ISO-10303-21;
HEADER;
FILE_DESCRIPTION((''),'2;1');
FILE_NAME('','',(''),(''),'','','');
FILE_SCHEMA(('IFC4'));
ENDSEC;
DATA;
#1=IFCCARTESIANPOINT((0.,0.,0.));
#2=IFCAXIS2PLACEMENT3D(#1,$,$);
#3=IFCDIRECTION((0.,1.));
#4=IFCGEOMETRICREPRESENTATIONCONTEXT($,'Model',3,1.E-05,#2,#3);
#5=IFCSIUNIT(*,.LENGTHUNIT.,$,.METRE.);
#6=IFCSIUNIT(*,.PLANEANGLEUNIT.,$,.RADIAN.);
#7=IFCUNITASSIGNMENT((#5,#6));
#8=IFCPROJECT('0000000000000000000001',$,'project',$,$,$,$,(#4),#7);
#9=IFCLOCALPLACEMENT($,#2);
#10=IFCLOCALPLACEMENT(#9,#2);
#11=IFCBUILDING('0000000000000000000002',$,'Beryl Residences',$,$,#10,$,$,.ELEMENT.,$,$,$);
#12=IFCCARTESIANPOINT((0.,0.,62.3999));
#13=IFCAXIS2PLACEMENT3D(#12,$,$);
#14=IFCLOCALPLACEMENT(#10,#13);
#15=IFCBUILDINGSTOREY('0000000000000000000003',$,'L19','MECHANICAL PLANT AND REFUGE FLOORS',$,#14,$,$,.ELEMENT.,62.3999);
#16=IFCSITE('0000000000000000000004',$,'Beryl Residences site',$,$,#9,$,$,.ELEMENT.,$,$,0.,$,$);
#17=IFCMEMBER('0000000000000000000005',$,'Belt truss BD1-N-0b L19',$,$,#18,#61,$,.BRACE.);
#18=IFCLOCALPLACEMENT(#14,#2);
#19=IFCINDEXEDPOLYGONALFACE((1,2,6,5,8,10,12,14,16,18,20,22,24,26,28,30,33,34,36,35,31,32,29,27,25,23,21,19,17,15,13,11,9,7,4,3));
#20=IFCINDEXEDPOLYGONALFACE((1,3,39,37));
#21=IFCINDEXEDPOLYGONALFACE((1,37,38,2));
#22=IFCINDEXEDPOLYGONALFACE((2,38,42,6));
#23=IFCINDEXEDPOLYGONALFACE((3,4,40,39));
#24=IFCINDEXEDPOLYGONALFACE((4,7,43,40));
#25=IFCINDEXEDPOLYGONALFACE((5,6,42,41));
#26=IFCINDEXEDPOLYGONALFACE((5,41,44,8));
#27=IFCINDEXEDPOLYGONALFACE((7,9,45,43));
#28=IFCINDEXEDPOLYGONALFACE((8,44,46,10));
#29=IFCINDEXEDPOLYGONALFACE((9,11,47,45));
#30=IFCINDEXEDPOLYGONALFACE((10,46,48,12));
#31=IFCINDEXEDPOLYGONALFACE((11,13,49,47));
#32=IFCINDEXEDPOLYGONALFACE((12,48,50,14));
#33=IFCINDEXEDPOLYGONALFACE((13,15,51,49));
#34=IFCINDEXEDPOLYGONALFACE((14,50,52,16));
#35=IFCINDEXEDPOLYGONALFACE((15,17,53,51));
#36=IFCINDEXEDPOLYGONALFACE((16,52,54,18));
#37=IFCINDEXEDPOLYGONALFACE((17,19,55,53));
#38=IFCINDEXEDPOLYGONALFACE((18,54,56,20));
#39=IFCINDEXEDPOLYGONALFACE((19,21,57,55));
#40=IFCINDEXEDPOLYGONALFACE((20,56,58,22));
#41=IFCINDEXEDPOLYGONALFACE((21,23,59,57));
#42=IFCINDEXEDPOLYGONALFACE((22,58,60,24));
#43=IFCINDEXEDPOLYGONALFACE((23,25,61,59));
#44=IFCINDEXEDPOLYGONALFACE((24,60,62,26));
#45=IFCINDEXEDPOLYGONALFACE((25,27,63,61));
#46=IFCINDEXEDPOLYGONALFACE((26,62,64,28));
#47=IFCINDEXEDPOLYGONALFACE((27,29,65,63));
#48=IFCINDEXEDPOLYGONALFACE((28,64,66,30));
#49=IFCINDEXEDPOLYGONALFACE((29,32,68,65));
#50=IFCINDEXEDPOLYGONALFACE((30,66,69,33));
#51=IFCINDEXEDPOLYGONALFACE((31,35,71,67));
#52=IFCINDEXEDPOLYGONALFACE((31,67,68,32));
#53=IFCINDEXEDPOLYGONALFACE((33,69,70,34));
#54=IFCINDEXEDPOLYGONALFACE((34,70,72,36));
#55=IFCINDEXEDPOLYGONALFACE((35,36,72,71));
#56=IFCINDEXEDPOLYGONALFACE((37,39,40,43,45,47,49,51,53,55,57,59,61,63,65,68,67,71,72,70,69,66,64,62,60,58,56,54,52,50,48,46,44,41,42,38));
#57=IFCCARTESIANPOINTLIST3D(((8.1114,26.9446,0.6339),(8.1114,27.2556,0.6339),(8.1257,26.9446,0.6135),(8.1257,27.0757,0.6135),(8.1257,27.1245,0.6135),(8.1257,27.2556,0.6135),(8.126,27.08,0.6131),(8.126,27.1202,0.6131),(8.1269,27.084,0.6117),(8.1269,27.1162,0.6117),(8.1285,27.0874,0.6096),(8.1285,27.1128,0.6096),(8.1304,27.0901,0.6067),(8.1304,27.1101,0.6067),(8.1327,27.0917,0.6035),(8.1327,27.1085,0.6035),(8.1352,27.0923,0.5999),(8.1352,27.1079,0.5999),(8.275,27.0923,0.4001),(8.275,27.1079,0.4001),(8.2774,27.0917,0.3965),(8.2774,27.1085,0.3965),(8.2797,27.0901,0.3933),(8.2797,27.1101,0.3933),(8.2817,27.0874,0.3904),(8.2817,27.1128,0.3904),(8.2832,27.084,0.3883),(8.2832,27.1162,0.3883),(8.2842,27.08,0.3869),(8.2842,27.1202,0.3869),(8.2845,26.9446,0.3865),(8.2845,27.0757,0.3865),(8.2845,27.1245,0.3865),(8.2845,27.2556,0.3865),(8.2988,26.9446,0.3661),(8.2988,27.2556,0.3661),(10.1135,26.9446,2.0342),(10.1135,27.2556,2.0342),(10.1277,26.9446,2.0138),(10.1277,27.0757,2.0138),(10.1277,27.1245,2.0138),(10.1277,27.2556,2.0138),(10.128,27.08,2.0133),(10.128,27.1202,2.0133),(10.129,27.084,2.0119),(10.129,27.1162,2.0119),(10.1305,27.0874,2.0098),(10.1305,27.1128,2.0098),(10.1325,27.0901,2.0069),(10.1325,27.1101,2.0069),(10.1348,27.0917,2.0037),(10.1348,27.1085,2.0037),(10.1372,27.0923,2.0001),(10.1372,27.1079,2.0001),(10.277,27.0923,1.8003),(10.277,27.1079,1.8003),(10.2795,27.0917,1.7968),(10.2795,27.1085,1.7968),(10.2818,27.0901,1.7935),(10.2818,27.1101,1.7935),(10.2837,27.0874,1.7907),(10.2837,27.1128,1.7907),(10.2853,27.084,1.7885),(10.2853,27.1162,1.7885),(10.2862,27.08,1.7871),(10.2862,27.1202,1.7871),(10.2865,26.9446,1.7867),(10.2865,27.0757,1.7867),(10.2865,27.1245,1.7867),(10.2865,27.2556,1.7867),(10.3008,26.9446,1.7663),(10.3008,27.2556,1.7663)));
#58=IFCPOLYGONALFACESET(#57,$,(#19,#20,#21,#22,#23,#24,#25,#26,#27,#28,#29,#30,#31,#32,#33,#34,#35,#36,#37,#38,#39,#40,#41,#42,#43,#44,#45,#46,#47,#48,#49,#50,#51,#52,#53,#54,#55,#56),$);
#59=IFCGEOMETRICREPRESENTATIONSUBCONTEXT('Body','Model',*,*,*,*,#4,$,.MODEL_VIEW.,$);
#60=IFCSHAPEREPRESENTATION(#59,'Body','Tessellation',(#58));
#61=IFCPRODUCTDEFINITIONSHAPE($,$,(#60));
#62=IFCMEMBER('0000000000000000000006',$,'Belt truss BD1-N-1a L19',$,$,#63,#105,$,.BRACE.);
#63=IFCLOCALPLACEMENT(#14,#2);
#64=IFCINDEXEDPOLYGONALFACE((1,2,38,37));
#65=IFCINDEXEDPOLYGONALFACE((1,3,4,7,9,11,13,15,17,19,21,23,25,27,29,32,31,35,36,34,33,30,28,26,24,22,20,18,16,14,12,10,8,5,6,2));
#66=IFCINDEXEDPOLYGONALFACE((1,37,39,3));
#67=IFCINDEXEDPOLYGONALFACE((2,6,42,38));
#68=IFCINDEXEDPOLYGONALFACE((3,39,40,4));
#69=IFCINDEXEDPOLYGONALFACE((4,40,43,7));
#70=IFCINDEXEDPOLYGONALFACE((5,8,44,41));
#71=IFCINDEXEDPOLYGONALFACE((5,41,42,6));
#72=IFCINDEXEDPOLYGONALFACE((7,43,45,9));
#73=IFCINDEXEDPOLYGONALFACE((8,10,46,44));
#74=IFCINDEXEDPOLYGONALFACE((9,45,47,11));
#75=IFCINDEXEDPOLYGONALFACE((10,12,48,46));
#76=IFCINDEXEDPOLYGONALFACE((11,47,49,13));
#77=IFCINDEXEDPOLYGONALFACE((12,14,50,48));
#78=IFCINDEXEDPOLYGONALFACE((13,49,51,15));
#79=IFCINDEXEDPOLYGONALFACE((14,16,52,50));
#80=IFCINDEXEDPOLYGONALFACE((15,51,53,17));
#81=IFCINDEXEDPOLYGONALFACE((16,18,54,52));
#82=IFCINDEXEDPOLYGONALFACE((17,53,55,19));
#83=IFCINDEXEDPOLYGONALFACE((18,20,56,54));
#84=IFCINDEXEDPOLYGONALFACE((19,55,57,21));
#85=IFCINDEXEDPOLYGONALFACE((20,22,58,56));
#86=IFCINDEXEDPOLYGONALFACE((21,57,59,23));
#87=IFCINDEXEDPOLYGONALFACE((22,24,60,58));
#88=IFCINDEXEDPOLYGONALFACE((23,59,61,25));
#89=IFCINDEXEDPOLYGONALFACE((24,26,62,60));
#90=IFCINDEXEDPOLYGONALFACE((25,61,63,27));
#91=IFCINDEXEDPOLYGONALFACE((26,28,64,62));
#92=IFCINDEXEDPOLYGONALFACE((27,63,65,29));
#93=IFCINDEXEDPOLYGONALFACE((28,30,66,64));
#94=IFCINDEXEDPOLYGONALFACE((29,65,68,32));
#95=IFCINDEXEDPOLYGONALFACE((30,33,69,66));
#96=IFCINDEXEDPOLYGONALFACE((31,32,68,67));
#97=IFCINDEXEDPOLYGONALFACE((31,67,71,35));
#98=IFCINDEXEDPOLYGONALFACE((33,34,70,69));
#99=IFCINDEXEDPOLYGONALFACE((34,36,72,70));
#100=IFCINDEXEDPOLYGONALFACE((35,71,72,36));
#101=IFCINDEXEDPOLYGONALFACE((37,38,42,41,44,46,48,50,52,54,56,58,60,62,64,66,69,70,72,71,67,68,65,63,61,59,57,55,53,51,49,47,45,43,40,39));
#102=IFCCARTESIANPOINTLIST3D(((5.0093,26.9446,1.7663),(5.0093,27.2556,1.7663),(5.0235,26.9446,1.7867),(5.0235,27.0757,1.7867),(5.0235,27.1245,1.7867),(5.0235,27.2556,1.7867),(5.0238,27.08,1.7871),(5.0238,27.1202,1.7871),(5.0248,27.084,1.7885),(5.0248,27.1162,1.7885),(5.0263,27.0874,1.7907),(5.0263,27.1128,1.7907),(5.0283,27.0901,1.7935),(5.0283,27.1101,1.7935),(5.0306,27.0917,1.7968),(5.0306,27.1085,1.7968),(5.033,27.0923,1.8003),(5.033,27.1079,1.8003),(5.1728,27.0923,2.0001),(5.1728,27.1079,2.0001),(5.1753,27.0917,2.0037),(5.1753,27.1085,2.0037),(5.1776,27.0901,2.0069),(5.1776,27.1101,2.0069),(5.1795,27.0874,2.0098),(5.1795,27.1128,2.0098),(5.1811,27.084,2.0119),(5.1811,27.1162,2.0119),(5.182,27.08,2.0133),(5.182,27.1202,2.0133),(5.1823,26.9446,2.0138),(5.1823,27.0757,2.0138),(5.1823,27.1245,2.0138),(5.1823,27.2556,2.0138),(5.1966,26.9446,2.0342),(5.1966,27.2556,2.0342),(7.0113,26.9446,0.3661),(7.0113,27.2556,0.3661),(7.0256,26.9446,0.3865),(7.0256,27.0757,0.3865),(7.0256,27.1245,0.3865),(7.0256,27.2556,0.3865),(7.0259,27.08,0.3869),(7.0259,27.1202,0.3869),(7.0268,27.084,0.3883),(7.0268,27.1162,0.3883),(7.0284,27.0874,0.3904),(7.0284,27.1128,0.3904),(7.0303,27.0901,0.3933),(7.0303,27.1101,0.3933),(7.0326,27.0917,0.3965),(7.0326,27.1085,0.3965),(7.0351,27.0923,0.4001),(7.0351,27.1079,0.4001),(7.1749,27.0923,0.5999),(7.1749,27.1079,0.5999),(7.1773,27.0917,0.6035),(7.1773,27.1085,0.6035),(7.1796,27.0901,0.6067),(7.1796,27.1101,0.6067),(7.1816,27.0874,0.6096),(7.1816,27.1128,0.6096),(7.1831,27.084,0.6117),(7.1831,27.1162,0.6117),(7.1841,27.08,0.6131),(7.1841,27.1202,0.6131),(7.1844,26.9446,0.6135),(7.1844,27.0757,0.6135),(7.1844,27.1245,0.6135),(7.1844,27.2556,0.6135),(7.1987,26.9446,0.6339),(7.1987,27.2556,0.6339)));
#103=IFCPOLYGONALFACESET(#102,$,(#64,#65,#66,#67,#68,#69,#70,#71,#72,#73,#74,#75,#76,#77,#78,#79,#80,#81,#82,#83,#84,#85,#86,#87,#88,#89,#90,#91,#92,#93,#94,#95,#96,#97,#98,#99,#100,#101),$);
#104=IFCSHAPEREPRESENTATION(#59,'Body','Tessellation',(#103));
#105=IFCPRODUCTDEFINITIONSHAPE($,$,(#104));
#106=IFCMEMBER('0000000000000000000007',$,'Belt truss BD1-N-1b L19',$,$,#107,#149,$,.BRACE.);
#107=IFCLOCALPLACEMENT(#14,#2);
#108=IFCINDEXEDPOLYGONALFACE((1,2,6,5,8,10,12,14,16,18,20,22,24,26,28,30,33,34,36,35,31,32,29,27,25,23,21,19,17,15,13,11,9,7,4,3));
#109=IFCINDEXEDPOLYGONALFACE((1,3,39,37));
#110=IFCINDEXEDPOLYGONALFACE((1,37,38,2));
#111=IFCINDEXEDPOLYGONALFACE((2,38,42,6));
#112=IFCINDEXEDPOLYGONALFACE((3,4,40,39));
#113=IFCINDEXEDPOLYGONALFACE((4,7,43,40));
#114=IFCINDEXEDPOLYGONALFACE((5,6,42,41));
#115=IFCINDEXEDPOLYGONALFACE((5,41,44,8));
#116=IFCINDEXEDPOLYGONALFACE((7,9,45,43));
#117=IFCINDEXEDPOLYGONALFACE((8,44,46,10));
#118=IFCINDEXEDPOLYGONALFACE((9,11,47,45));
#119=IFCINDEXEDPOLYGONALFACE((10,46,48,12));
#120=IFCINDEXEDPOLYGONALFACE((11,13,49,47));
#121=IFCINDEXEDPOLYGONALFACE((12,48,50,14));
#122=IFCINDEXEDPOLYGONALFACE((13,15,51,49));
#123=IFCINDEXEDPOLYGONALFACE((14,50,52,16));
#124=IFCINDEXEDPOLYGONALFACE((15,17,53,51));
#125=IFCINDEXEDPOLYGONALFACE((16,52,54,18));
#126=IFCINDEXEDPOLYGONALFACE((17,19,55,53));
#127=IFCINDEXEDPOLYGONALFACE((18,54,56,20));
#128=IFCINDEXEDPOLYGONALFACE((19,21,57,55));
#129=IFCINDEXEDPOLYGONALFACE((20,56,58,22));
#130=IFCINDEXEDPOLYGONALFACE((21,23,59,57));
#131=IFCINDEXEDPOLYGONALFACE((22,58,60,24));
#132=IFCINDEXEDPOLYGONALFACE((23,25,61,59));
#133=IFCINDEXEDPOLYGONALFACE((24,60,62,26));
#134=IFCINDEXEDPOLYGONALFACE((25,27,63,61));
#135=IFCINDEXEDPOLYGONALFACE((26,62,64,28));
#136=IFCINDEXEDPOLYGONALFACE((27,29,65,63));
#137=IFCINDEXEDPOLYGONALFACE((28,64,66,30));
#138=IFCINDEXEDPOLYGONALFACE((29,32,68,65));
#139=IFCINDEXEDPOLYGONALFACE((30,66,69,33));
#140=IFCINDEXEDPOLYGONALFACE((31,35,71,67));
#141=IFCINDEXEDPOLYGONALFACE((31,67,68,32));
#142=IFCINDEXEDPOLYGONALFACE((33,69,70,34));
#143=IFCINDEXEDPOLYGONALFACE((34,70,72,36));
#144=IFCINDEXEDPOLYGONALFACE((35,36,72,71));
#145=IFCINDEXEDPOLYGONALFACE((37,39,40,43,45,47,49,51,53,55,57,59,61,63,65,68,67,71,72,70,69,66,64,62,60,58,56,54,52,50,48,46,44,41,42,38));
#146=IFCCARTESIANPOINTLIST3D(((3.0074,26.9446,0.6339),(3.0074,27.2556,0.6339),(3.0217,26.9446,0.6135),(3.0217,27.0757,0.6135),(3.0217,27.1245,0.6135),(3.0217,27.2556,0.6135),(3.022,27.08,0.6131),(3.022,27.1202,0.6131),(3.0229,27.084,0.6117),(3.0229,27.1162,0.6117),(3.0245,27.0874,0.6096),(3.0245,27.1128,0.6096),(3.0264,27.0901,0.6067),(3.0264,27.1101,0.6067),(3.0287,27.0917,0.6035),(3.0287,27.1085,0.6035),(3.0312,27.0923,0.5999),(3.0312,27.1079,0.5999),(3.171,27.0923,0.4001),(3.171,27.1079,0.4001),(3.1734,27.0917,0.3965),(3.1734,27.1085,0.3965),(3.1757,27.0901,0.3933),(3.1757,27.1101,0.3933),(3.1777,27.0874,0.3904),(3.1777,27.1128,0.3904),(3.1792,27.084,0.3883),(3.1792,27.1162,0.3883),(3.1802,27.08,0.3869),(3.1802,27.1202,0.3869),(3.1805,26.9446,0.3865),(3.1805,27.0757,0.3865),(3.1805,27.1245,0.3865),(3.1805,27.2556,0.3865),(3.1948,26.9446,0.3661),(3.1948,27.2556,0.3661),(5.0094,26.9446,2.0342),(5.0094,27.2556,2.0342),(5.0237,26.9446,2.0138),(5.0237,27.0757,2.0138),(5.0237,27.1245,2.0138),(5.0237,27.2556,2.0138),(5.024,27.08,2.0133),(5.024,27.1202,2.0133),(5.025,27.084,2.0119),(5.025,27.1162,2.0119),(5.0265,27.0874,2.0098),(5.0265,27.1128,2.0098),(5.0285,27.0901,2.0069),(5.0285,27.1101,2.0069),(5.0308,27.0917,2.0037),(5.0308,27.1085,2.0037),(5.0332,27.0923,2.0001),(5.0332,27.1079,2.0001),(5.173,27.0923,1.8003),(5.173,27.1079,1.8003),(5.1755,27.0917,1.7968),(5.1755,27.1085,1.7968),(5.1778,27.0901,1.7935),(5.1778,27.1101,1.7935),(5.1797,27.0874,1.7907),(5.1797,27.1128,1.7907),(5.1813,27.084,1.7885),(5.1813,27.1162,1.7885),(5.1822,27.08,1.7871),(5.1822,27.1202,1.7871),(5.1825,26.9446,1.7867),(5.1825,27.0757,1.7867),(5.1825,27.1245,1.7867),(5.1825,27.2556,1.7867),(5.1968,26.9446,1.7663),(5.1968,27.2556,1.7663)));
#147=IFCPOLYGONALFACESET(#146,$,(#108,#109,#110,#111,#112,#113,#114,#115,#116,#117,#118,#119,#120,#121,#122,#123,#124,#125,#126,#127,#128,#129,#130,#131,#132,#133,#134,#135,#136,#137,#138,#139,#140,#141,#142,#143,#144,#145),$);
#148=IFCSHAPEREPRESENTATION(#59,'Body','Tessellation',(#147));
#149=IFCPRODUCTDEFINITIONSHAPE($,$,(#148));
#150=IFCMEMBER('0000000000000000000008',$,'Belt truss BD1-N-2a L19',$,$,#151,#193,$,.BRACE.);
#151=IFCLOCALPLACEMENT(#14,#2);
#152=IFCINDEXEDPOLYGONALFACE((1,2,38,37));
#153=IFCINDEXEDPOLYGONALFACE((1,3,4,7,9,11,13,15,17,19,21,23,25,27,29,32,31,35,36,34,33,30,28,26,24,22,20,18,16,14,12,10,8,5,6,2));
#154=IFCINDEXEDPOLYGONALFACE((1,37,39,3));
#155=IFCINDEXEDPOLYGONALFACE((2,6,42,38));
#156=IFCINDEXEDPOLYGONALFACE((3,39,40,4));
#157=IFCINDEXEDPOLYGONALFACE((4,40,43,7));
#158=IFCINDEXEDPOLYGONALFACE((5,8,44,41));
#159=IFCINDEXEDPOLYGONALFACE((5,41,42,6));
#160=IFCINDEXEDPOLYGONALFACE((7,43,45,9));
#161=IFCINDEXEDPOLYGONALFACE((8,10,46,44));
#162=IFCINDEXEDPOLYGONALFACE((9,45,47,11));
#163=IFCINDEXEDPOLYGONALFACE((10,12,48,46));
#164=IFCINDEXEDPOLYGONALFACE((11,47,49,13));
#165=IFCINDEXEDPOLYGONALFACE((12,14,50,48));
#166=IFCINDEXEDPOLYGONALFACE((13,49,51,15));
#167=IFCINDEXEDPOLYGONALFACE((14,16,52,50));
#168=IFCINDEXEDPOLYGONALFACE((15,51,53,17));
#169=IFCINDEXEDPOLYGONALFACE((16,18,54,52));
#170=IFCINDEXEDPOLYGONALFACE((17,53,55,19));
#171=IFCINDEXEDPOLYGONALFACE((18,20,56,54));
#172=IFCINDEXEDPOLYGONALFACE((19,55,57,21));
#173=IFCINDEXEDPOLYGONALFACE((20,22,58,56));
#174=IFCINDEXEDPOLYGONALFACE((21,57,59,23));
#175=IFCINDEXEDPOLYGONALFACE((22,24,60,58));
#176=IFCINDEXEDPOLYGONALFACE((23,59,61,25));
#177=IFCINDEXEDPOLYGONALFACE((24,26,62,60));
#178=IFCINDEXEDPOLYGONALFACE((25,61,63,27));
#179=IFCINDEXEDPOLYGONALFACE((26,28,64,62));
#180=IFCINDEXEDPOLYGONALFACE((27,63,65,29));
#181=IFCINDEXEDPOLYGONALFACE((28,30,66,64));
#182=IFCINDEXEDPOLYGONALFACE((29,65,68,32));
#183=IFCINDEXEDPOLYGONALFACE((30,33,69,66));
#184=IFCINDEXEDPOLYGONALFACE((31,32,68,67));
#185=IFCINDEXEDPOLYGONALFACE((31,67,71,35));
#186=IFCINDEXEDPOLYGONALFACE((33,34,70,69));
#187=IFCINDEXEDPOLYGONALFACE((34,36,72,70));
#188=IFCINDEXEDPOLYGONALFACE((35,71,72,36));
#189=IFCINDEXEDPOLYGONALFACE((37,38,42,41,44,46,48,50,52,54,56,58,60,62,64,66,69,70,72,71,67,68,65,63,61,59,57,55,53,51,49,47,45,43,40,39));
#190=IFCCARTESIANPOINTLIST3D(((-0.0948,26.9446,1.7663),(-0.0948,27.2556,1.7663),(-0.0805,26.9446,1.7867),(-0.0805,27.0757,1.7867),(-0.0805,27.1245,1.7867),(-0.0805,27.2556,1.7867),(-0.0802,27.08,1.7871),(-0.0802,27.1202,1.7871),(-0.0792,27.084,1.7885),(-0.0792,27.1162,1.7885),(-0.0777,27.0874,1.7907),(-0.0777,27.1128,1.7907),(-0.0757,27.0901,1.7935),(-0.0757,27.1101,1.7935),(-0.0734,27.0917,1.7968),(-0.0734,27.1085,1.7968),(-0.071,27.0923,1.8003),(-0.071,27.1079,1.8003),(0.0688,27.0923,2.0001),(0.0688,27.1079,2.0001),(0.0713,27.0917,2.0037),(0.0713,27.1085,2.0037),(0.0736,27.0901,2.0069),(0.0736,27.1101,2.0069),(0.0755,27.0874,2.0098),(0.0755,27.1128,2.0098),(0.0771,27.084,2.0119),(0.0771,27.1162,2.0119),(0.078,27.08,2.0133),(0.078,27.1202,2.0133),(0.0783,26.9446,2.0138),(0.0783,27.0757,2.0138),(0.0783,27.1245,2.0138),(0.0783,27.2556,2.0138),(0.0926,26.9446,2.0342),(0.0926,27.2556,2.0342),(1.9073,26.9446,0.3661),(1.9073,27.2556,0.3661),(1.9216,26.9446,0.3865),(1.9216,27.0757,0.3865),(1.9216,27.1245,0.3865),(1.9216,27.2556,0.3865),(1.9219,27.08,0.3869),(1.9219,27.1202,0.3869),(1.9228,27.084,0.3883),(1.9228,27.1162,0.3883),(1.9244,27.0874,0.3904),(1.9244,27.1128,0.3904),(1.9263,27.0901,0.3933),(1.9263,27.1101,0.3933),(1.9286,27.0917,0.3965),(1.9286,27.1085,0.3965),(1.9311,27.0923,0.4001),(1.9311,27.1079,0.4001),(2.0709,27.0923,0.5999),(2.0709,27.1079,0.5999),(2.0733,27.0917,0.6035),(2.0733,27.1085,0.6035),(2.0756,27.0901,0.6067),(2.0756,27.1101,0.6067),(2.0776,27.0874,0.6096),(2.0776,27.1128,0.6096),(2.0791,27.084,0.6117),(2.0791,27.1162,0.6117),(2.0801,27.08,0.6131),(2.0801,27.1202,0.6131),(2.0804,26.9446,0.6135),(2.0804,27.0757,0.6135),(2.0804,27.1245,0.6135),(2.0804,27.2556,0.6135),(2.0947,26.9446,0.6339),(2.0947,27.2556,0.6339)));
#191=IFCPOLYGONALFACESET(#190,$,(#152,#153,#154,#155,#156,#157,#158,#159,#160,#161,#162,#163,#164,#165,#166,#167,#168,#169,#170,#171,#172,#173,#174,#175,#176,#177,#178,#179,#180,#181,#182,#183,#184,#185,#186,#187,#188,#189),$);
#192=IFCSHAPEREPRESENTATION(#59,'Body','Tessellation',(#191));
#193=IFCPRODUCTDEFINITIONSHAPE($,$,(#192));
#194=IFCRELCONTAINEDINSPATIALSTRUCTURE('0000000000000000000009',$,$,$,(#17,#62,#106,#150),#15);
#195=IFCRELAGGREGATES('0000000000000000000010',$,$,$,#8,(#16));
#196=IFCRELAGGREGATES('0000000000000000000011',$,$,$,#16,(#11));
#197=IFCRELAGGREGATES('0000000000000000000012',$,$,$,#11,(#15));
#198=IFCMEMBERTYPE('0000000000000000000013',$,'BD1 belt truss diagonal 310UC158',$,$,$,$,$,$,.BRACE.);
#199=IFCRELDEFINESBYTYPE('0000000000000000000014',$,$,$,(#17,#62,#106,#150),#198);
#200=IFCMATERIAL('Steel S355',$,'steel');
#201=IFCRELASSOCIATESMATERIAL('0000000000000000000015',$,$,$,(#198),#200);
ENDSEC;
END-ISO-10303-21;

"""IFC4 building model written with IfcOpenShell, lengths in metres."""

from ifc_helpers import new_model, si_unit, direction, frame, origin, origin_2d, place, context, subcontext, project, spatial, i_section, extrude, material, material_profile, profile_set, type_object, element, save


model = new_model("IFC4")

# Units and contexts
model_context = context("Model", 3, precision=1e-05, world=origin(), true_north=direction((0.0, 1.0)))
body_context = subcontext(model_context, "Body", "Model", "MODEL_VIEW")
ifc_project = project(units=[si_unit("LENGTHUNIT", "METRE"), si_unit("PLANEANGLEUNIT", "RADIAN")], contexts=[model_context])

# Site, building, storey
site_placement = place(None, origin())
site = spatial("IfcSite", under=ifc_project, at=site_placement, Name="Beryl Residences site", CompositionType="ELEMENT", RefElevation=0.0)
building_placement = place(site_placement, origin())
building = spatial("IfcBuilding", under=site, at=building_placement, Name="Beryl Residences", CompositionType="ELEMENT")
storey_placement = place(building_placement, frame((0.0, 0.0, 62.3999)))
storey = spatial("IfcBuildingStorey", under=building, at=storey_placement, Name="L19", Description="MECHANICAL PLANT AND REFUGE FLOORS", CompositionType="ELEMENT", Elevation=62.3999)

# Members
ifc_material_1 = material(Name="Steel S355", Category="steel")
ifc_material_profile_1 = material_profile(ifc_material_1, i_section(OverallWidth=0.311, OverallDepth=0.3269, WebThickness=0.0156, FlangeThickness=0.0249, FilletRadius=0.0166, at=origin_2d()))
ifc_profile_set_1 = profile_set([ifc_material_profile_1], Name="Steel S355")
member_type_1 = type_object("IfcMemberType", Name="BD1 belt truss diagonal 310UC158", PredefinedType="BRACE", material=ifc_profile_set_1)
for number, where, z_axis, x_axis, name in (
    (1, (8.2051, 27.1001, 0.5), (0.819467, 0.0, 0.573127), (0.0, 1.0, 0.0), "Belt truss BD1-N-0b L19"),
    (2, (7.105, 27.1001, 0.5), (-0.819467, 0.0, 0.573127), (0.0, -1.0, 0.0), "Belt truss BD1-N-1a L19"),
    (3, (3.1011, 27.1001, 0.5), (0.819467, 0.0, 0.573127), (0.0, 1.0, 0.0), "Belt truss BD1-N-1b L19"),
    (4, (2.001, 27.1001, 0.5), (-0.819467, 0.0, 0.573127), (0.0, -1.0, 0.0), "Belt truss BD1-N-2a L19"),
):
    element("IfcMember", number, at=place(storey_placement, frame(where, z_axis=z_axis, x_axis=x_axis)), inside=storey, type_object=member_type_1, Name=name, PredefinedType="BRACE", context=body_context, shape_type="SweptSolid", body=[
        extrude(i_section(OverallWidth=0.311, OverallDepth=0.3269, WebThickness=0.0156, FlangeThickness=0.0249, FilletRadius=0.0166, at=origin_2d()), origin(), (0.0, 0.0, 1.0), 2.4431),
    ])

save(model, "model.ifc")
